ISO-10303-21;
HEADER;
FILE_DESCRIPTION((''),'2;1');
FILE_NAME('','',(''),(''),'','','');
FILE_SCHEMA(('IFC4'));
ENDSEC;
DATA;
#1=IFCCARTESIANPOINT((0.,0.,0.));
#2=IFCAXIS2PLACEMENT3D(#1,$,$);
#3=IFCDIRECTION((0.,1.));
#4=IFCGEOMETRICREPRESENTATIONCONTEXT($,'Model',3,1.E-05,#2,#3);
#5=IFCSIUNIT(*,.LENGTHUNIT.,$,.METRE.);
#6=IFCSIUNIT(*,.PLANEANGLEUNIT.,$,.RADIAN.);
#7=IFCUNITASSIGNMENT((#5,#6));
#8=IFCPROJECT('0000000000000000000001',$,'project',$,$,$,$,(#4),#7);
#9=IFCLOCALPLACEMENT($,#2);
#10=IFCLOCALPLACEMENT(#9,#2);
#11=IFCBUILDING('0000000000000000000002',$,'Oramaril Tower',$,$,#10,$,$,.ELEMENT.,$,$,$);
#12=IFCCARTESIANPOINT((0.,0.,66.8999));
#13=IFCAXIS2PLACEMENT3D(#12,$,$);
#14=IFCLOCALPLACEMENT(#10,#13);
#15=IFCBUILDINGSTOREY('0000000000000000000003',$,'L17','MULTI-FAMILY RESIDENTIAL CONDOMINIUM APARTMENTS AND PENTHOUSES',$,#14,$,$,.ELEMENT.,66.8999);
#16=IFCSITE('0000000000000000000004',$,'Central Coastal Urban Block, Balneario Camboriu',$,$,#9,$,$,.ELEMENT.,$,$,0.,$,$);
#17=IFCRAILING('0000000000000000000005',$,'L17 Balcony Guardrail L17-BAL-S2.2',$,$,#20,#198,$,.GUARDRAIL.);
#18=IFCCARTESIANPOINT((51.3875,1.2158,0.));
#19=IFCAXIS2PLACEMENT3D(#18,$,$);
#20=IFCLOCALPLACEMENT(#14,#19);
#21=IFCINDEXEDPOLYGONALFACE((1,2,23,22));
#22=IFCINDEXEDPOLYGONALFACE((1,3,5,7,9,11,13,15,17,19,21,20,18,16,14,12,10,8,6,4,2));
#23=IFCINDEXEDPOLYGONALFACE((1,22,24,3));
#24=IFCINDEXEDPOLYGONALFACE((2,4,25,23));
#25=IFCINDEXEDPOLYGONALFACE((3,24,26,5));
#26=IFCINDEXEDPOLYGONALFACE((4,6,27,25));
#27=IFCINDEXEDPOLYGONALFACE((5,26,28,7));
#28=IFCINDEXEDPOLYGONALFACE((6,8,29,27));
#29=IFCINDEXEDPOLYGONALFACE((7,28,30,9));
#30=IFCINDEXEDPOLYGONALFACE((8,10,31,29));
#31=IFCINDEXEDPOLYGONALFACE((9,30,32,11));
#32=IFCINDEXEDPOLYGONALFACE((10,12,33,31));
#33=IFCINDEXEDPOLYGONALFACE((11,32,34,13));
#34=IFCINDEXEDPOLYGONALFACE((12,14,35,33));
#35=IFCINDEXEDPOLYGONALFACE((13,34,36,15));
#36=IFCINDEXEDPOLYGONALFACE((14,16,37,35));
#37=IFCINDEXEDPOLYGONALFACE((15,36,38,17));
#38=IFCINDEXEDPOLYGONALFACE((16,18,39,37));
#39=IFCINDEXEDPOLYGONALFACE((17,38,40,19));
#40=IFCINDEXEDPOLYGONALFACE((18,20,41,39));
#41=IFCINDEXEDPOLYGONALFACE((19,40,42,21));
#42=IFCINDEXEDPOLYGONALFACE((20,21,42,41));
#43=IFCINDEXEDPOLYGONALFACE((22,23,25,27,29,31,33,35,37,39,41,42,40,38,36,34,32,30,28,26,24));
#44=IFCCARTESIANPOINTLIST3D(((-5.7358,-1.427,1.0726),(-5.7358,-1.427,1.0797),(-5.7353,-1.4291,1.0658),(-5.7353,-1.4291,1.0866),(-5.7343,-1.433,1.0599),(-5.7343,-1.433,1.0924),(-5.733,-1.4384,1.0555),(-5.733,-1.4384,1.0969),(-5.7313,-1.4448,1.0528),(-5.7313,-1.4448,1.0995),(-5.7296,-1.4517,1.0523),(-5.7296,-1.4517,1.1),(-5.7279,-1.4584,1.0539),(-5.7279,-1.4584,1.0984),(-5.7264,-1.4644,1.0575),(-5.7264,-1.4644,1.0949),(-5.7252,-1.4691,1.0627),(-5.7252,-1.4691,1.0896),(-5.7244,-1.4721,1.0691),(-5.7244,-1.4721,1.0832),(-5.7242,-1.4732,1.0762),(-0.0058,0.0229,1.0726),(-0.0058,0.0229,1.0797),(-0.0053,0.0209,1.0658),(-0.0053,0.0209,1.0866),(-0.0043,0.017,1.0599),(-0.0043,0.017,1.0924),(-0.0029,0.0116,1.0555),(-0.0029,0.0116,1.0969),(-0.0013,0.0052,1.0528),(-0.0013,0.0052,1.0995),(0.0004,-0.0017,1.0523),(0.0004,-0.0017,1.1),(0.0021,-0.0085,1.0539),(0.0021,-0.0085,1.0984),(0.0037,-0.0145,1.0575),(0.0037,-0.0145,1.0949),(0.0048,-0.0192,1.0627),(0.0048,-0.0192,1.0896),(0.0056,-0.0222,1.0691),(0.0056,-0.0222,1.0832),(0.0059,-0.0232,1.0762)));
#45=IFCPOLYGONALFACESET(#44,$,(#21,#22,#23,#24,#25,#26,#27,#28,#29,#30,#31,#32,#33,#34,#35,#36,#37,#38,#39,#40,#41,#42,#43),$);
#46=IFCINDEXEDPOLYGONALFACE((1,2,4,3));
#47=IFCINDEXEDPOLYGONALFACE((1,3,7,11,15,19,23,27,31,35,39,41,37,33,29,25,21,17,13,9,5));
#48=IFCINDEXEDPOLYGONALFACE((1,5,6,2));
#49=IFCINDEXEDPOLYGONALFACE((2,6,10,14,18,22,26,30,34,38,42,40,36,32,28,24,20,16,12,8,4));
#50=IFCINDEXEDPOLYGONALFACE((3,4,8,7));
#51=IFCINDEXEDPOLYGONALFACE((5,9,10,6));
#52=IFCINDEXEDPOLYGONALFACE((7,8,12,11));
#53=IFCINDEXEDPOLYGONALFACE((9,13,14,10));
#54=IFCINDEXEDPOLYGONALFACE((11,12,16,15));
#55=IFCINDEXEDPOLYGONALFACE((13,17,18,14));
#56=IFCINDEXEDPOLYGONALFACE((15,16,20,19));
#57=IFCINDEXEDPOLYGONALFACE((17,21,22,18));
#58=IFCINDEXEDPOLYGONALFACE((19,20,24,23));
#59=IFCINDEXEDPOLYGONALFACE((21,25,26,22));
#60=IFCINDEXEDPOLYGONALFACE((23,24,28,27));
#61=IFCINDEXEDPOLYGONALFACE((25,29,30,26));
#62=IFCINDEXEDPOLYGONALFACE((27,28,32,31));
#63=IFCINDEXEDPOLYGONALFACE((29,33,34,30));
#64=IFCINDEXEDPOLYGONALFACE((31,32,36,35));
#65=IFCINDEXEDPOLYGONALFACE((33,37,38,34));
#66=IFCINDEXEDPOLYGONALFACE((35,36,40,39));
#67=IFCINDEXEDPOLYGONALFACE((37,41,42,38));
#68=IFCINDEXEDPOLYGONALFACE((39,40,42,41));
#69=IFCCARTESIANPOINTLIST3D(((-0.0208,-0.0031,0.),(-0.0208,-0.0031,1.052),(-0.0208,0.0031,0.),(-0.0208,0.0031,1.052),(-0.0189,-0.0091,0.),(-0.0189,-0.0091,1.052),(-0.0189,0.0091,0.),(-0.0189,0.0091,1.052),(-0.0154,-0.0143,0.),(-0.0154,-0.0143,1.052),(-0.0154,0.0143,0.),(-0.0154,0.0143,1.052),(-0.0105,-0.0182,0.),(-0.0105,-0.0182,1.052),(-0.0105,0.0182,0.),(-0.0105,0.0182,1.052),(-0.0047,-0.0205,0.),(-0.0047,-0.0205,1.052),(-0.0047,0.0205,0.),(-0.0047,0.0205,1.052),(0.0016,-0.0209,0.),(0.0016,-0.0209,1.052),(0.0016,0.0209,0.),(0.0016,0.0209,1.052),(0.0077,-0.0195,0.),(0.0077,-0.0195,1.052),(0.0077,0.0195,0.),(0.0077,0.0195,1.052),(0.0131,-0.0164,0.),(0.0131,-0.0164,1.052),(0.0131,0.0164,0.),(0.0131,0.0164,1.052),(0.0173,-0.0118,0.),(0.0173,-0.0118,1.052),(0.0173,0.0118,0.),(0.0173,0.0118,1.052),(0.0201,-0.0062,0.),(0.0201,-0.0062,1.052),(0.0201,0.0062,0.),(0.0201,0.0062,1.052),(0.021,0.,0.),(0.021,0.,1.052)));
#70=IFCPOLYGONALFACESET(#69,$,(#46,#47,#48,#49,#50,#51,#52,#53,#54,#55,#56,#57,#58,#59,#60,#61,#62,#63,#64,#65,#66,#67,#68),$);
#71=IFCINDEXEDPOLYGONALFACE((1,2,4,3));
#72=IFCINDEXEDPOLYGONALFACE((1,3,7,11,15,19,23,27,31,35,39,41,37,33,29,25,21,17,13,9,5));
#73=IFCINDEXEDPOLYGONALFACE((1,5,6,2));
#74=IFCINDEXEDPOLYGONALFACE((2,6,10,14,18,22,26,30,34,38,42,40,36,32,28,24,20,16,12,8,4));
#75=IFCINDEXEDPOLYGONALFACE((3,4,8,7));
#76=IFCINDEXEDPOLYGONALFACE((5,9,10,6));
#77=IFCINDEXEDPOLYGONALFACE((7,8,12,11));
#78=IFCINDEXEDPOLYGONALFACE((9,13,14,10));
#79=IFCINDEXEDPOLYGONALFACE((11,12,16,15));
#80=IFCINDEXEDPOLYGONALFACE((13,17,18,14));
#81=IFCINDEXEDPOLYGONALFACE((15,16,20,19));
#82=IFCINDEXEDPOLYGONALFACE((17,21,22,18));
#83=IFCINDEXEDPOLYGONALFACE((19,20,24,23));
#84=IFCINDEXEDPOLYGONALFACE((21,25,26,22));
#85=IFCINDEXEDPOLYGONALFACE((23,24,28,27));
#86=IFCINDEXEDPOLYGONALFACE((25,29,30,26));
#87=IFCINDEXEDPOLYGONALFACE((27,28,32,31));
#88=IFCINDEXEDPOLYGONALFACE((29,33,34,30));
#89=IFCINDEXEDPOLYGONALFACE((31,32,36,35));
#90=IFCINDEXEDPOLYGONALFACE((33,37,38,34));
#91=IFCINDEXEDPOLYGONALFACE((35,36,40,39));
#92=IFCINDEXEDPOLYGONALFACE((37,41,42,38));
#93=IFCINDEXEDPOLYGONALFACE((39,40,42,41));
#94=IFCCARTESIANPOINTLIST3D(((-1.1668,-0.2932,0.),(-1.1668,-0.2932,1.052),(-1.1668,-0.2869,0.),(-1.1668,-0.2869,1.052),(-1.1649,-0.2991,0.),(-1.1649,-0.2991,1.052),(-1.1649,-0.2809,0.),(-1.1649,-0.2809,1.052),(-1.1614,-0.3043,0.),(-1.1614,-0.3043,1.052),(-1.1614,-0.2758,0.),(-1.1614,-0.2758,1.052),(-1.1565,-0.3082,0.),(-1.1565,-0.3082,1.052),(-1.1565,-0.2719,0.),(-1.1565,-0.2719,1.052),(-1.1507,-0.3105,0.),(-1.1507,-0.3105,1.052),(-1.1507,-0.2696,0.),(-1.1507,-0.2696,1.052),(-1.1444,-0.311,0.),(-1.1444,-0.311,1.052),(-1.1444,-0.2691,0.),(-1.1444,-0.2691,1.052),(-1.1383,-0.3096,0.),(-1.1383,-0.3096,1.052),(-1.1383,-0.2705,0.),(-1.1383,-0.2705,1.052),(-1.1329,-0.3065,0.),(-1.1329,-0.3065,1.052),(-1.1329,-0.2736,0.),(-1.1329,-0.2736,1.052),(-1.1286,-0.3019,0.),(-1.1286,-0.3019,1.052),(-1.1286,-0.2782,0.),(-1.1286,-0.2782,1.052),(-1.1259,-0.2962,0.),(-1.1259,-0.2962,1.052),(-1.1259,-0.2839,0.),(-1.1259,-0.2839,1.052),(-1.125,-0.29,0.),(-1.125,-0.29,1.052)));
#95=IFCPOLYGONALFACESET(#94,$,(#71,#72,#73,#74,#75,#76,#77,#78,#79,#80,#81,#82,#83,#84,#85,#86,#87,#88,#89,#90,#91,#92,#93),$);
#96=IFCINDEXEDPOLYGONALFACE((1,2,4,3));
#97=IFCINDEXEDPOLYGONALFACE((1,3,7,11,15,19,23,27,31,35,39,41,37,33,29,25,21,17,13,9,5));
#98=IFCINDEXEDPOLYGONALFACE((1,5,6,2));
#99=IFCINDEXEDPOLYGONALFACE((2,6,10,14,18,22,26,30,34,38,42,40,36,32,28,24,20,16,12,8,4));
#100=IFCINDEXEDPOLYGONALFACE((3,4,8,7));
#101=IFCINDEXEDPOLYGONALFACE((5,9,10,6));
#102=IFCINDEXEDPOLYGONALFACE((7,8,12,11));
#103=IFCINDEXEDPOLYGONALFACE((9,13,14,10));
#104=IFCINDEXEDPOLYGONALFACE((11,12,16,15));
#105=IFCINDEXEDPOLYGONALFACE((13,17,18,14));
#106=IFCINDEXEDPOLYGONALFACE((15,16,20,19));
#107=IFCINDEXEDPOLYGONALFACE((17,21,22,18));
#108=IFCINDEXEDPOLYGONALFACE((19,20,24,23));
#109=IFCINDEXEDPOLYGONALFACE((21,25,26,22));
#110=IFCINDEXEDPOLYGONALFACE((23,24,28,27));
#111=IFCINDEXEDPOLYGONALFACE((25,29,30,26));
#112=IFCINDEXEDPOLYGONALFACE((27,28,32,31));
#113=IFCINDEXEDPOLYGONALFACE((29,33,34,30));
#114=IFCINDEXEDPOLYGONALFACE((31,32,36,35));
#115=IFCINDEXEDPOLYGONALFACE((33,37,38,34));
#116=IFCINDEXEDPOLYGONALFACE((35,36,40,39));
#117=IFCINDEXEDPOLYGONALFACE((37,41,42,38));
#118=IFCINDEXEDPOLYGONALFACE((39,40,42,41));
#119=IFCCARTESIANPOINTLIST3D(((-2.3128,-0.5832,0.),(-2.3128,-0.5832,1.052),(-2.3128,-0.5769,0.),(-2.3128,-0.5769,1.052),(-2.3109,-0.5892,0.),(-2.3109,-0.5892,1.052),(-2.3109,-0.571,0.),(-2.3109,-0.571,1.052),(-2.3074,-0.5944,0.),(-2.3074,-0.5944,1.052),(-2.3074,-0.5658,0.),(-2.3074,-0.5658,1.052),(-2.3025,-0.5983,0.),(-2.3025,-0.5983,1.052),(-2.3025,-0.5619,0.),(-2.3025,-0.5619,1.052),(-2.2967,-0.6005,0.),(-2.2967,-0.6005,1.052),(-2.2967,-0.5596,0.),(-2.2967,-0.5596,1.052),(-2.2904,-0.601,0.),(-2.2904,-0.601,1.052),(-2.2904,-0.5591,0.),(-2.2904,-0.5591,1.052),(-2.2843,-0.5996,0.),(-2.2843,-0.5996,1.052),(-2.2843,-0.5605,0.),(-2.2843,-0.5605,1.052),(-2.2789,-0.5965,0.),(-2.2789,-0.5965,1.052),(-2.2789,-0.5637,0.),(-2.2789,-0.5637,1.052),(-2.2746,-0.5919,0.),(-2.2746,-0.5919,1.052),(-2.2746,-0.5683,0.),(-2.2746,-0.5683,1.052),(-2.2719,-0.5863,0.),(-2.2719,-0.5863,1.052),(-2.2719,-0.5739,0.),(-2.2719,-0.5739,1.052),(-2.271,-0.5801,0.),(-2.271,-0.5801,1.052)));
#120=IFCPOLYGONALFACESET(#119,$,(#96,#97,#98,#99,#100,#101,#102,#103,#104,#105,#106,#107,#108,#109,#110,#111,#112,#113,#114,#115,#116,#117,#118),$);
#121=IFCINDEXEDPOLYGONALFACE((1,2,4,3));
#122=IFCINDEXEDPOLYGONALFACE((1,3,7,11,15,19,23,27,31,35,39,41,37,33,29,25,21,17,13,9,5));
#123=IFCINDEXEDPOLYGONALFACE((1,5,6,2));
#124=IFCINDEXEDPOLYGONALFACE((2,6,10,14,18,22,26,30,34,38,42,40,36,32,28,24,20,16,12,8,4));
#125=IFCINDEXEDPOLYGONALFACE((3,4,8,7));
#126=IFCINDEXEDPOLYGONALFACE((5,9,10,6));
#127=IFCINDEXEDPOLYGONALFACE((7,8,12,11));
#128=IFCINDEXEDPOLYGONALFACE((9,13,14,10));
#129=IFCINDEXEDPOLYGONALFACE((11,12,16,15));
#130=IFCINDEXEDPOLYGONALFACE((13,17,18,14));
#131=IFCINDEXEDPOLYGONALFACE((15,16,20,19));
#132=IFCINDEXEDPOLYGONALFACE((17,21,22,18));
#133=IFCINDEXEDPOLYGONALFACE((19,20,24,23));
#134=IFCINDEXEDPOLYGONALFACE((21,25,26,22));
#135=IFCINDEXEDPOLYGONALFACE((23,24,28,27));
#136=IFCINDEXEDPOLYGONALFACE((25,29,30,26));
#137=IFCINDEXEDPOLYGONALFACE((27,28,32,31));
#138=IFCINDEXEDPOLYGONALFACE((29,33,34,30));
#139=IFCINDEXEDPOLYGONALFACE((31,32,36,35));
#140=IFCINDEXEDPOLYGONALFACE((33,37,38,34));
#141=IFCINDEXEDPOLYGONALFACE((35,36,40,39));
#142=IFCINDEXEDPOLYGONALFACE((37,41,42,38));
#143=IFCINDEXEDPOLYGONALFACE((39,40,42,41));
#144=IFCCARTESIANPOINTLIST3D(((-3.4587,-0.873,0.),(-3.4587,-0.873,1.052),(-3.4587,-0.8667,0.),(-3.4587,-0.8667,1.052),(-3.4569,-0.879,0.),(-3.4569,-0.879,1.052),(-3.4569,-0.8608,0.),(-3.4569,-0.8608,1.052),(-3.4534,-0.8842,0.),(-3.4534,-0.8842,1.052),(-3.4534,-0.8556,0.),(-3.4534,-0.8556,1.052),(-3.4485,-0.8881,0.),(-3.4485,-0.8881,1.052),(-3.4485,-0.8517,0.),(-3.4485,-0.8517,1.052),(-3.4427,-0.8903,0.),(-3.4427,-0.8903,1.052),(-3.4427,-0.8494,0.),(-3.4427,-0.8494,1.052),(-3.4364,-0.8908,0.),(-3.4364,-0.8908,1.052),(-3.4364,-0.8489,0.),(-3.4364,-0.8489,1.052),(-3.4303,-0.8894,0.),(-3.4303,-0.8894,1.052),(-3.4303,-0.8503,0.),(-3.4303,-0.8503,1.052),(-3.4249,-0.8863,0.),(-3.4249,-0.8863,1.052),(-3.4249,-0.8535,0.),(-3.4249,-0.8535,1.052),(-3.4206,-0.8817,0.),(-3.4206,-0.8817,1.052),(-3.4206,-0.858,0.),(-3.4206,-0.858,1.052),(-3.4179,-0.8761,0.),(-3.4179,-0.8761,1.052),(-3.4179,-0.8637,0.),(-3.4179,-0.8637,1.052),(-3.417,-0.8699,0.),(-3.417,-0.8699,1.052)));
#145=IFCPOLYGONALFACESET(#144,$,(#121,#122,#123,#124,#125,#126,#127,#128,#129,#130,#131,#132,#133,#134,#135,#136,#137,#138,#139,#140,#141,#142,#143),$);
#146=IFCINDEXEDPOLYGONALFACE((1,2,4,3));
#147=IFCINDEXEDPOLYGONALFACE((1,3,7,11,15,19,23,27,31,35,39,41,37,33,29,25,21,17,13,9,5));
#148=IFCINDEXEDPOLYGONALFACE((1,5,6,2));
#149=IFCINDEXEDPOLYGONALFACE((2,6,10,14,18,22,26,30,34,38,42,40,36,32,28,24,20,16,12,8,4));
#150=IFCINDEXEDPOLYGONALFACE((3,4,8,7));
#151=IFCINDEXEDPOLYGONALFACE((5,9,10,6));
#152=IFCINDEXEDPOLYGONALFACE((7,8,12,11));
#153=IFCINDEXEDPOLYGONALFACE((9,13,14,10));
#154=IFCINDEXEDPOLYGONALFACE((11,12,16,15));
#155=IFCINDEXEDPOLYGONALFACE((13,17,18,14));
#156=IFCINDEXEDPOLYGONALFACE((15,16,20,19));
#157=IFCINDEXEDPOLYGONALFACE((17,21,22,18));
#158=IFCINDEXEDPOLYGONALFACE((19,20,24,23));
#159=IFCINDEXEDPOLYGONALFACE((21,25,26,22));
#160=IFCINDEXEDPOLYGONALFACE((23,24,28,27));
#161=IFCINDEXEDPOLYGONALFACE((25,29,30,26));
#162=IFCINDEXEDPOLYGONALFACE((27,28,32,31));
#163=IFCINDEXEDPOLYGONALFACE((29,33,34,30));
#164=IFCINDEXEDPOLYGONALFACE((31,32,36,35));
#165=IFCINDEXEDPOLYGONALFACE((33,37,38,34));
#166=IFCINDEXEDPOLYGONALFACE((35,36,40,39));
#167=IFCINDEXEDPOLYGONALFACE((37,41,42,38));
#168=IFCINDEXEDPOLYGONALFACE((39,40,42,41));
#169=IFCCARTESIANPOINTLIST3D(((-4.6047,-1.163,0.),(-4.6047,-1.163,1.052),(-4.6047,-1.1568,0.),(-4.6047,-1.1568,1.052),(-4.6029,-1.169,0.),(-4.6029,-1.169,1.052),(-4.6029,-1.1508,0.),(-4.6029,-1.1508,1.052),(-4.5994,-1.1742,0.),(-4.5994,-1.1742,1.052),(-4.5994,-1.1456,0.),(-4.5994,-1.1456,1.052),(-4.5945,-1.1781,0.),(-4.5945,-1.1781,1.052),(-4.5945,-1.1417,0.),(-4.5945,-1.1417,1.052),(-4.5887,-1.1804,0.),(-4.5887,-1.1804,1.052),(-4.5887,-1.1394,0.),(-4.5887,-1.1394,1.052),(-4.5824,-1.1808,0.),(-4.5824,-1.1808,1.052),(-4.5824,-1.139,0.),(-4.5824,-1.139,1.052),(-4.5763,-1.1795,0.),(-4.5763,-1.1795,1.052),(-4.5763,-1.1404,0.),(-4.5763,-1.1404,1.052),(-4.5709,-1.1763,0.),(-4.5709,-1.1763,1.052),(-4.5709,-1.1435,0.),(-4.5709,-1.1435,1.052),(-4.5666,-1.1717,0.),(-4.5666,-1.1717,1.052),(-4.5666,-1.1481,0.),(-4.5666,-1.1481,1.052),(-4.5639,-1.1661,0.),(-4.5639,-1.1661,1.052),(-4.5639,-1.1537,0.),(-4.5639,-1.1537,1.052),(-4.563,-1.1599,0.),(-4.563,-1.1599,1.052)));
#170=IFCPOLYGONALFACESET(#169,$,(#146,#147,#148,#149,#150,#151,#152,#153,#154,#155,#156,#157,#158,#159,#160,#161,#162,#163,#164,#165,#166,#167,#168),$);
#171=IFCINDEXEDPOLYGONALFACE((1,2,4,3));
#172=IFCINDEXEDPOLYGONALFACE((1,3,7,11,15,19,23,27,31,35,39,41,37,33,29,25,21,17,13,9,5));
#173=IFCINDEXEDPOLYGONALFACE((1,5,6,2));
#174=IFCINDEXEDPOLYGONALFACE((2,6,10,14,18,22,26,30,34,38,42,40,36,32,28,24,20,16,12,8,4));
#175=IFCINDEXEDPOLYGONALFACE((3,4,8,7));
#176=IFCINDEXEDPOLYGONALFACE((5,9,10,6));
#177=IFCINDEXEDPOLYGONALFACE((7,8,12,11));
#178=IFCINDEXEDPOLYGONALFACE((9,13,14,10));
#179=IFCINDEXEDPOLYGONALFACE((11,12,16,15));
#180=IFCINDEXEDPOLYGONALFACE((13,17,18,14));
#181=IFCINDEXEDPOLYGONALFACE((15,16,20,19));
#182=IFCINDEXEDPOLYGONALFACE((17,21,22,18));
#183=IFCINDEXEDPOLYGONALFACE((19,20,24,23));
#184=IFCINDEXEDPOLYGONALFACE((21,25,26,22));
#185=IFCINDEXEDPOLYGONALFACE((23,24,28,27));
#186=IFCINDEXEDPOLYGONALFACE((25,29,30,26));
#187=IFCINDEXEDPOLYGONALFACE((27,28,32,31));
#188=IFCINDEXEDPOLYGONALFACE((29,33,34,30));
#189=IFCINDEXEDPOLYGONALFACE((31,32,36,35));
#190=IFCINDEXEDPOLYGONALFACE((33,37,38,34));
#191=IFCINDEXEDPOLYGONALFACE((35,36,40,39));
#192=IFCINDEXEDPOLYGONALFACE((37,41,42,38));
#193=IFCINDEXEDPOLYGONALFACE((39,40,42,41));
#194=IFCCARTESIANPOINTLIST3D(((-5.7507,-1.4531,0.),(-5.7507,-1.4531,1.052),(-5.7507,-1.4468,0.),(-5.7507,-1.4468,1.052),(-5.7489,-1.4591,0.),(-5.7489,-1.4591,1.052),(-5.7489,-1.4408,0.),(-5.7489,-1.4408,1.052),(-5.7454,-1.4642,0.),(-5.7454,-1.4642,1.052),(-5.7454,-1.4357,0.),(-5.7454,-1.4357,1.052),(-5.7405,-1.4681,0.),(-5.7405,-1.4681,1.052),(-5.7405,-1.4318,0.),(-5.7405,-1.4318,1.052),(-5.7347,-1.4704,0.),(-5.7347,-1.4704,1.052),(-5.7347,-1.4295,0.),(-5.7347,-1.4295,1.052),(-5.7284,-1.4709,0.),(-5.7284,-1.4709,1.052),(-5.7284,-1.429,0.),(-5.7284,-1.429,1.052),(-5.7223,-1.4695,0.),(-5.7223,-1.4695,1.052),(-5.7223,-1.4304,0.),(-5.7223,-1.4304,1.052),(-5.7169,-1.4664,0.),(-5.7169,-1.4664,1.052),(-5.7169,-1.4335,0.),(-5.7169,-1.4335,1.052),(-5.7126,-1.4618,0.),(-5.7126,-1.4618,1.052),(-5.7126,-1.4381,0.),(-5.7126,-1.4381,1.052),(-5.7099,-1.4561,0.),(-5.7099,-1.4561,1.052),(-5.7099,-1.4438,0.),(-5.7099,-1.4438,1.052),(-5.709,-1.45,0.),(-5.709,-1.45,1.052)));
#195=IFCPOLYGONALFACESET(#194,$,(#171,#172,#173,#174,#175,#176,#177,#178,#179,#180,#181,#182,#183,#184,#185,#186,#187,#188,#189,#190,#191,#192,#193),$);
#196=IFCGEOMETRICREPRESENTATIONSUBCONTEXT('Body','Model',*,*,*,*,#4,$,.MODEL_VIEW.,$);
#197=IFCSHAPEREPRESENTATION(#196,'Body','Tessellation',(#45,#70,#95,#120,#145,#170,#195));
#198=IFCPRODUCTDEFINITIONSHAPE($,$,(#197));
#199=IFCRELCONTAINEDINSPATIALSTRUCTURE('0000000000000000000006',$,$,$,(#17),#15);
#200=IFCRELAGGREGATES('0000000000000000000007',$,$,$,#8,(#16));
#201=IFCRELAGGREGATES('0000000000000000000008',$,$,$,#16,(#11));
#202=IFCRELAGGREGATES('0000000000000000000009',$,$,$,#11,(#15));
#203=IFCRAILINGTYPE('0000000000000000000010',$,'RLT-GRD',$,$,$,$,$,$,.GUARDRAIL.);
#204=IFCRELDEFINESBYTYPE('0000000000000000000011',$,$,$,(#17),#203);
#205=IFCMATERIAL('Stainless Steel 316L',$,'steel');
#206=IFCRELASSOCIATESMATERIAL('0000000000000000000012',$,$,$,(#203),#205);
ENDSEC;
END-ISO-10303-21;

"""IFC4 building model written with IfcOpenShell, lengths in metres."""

from ifc_helpers import new_model, si_unit, direction, frame, origin, origin_2d, place, context, subcontext, project, spatial, circle, extrude, material, type_object, element, save


model = new_model("IFC4")

# Units and contexts
model_context = context("Model", 3, precision=1e-05, world=origin(), true_north=direction((0.0, 1.0)))
body_context = subcontext(model_context, "Body", "Model", "MODEL_VIEW")
ifc_project = project(units=[si_unit("LENGTHUNIT", "METRE"), si_unit("PLANEANGLEUNIT", "RADIAN")], contexts=[model_context])

# Site, building, storey
site_placement = place(None, origin())
site = spatial("IfcSite", under=ifc_project, at=site_placement, Name="Central Coastal Urban Block, Balneario Camboriu", CompositionType="ELEMENT", RefElevation=0.0)
building_placement = place(site_placement, origin())
building = spatial("IfcBuilding", under=site, at=building_placement, Name="Oramaril Tower", CompositionType="ELEMENT")
storey_placement = place(building_placement, frame((0.0, 0.0, 66.8999)))
storey = spatial("IfcBuildingStorey", under=building, at=storey_placement, Name="L17", Description="MULTI-FAMILY RESIDENTIAL CONDOMINIUM APARTMENTS AND PENTHOUSES", CompositionType="ELEMENT", Elevation=66.8999)

# Railing
ifc_material_1 = material(Name="Stainless Steel 316L", Category="steel")
railing_type = type_object("IfcRailingType", Name="RLT-GRD", PredefinedType="GUARDRAIL", material=ifc_material_1)
railing_1_placement = place(storey_placement, frame((51.3875, 1.2158, 0.0)))
element("IfcRailing", 1, at=railing_1_placement, inside=storey, type_object=railing_type, Name="L17 Balcony Guardrail L17-BAL-S2.2", PredefinedType="GUARDRAIL", context=body_context, shape_type="SweptSolid", body=[
    extrude(circle(Radius=0.0239, at=origin_2d()), frame((0.0, 0.0, 1.0762), z_axis=(-0.969444, -0.245314, 0.0), x_axis=(0.245314, -0.969444, 0.0)), (0.0, 0.0, 1.0), 5.9106),
    extrude(circle(Radius=0.021, at=origin_2d()), origin(), (0.0, 0.0, 1.0), 1.052),
    extrude(circle(Radius=0.021, at=origin_2d()), frame((-1.146, -0.29, 0.0)), (0.0, 0.0, 1.0), 1.052),
    extrude(circle(Radius=0.021, at=origin_2d()), frame((-2.292, -0.5801, 0.0)), (0.0, 0.0, 1.0), 1.052),
    extrude(circle(Radius=0.021, at=origin_2d()), frame((-3.438, -0.8699, 0.0)), (0.0, 0.0, 1.0), 1.052),
    extrude(circle(Radius=0.021, at=origin_2d()), frame((-4.584, -1.1599, 0.0)), (0.0, 0.0, 1.0), 1.052),
    extrude(circle(Radius=0.021, at=origin_2d()), frame((-5.73, -1.45, 0.0)), (0.0, 0.0, 1.0), 1.052),
])

save(model, "model.ifc")
